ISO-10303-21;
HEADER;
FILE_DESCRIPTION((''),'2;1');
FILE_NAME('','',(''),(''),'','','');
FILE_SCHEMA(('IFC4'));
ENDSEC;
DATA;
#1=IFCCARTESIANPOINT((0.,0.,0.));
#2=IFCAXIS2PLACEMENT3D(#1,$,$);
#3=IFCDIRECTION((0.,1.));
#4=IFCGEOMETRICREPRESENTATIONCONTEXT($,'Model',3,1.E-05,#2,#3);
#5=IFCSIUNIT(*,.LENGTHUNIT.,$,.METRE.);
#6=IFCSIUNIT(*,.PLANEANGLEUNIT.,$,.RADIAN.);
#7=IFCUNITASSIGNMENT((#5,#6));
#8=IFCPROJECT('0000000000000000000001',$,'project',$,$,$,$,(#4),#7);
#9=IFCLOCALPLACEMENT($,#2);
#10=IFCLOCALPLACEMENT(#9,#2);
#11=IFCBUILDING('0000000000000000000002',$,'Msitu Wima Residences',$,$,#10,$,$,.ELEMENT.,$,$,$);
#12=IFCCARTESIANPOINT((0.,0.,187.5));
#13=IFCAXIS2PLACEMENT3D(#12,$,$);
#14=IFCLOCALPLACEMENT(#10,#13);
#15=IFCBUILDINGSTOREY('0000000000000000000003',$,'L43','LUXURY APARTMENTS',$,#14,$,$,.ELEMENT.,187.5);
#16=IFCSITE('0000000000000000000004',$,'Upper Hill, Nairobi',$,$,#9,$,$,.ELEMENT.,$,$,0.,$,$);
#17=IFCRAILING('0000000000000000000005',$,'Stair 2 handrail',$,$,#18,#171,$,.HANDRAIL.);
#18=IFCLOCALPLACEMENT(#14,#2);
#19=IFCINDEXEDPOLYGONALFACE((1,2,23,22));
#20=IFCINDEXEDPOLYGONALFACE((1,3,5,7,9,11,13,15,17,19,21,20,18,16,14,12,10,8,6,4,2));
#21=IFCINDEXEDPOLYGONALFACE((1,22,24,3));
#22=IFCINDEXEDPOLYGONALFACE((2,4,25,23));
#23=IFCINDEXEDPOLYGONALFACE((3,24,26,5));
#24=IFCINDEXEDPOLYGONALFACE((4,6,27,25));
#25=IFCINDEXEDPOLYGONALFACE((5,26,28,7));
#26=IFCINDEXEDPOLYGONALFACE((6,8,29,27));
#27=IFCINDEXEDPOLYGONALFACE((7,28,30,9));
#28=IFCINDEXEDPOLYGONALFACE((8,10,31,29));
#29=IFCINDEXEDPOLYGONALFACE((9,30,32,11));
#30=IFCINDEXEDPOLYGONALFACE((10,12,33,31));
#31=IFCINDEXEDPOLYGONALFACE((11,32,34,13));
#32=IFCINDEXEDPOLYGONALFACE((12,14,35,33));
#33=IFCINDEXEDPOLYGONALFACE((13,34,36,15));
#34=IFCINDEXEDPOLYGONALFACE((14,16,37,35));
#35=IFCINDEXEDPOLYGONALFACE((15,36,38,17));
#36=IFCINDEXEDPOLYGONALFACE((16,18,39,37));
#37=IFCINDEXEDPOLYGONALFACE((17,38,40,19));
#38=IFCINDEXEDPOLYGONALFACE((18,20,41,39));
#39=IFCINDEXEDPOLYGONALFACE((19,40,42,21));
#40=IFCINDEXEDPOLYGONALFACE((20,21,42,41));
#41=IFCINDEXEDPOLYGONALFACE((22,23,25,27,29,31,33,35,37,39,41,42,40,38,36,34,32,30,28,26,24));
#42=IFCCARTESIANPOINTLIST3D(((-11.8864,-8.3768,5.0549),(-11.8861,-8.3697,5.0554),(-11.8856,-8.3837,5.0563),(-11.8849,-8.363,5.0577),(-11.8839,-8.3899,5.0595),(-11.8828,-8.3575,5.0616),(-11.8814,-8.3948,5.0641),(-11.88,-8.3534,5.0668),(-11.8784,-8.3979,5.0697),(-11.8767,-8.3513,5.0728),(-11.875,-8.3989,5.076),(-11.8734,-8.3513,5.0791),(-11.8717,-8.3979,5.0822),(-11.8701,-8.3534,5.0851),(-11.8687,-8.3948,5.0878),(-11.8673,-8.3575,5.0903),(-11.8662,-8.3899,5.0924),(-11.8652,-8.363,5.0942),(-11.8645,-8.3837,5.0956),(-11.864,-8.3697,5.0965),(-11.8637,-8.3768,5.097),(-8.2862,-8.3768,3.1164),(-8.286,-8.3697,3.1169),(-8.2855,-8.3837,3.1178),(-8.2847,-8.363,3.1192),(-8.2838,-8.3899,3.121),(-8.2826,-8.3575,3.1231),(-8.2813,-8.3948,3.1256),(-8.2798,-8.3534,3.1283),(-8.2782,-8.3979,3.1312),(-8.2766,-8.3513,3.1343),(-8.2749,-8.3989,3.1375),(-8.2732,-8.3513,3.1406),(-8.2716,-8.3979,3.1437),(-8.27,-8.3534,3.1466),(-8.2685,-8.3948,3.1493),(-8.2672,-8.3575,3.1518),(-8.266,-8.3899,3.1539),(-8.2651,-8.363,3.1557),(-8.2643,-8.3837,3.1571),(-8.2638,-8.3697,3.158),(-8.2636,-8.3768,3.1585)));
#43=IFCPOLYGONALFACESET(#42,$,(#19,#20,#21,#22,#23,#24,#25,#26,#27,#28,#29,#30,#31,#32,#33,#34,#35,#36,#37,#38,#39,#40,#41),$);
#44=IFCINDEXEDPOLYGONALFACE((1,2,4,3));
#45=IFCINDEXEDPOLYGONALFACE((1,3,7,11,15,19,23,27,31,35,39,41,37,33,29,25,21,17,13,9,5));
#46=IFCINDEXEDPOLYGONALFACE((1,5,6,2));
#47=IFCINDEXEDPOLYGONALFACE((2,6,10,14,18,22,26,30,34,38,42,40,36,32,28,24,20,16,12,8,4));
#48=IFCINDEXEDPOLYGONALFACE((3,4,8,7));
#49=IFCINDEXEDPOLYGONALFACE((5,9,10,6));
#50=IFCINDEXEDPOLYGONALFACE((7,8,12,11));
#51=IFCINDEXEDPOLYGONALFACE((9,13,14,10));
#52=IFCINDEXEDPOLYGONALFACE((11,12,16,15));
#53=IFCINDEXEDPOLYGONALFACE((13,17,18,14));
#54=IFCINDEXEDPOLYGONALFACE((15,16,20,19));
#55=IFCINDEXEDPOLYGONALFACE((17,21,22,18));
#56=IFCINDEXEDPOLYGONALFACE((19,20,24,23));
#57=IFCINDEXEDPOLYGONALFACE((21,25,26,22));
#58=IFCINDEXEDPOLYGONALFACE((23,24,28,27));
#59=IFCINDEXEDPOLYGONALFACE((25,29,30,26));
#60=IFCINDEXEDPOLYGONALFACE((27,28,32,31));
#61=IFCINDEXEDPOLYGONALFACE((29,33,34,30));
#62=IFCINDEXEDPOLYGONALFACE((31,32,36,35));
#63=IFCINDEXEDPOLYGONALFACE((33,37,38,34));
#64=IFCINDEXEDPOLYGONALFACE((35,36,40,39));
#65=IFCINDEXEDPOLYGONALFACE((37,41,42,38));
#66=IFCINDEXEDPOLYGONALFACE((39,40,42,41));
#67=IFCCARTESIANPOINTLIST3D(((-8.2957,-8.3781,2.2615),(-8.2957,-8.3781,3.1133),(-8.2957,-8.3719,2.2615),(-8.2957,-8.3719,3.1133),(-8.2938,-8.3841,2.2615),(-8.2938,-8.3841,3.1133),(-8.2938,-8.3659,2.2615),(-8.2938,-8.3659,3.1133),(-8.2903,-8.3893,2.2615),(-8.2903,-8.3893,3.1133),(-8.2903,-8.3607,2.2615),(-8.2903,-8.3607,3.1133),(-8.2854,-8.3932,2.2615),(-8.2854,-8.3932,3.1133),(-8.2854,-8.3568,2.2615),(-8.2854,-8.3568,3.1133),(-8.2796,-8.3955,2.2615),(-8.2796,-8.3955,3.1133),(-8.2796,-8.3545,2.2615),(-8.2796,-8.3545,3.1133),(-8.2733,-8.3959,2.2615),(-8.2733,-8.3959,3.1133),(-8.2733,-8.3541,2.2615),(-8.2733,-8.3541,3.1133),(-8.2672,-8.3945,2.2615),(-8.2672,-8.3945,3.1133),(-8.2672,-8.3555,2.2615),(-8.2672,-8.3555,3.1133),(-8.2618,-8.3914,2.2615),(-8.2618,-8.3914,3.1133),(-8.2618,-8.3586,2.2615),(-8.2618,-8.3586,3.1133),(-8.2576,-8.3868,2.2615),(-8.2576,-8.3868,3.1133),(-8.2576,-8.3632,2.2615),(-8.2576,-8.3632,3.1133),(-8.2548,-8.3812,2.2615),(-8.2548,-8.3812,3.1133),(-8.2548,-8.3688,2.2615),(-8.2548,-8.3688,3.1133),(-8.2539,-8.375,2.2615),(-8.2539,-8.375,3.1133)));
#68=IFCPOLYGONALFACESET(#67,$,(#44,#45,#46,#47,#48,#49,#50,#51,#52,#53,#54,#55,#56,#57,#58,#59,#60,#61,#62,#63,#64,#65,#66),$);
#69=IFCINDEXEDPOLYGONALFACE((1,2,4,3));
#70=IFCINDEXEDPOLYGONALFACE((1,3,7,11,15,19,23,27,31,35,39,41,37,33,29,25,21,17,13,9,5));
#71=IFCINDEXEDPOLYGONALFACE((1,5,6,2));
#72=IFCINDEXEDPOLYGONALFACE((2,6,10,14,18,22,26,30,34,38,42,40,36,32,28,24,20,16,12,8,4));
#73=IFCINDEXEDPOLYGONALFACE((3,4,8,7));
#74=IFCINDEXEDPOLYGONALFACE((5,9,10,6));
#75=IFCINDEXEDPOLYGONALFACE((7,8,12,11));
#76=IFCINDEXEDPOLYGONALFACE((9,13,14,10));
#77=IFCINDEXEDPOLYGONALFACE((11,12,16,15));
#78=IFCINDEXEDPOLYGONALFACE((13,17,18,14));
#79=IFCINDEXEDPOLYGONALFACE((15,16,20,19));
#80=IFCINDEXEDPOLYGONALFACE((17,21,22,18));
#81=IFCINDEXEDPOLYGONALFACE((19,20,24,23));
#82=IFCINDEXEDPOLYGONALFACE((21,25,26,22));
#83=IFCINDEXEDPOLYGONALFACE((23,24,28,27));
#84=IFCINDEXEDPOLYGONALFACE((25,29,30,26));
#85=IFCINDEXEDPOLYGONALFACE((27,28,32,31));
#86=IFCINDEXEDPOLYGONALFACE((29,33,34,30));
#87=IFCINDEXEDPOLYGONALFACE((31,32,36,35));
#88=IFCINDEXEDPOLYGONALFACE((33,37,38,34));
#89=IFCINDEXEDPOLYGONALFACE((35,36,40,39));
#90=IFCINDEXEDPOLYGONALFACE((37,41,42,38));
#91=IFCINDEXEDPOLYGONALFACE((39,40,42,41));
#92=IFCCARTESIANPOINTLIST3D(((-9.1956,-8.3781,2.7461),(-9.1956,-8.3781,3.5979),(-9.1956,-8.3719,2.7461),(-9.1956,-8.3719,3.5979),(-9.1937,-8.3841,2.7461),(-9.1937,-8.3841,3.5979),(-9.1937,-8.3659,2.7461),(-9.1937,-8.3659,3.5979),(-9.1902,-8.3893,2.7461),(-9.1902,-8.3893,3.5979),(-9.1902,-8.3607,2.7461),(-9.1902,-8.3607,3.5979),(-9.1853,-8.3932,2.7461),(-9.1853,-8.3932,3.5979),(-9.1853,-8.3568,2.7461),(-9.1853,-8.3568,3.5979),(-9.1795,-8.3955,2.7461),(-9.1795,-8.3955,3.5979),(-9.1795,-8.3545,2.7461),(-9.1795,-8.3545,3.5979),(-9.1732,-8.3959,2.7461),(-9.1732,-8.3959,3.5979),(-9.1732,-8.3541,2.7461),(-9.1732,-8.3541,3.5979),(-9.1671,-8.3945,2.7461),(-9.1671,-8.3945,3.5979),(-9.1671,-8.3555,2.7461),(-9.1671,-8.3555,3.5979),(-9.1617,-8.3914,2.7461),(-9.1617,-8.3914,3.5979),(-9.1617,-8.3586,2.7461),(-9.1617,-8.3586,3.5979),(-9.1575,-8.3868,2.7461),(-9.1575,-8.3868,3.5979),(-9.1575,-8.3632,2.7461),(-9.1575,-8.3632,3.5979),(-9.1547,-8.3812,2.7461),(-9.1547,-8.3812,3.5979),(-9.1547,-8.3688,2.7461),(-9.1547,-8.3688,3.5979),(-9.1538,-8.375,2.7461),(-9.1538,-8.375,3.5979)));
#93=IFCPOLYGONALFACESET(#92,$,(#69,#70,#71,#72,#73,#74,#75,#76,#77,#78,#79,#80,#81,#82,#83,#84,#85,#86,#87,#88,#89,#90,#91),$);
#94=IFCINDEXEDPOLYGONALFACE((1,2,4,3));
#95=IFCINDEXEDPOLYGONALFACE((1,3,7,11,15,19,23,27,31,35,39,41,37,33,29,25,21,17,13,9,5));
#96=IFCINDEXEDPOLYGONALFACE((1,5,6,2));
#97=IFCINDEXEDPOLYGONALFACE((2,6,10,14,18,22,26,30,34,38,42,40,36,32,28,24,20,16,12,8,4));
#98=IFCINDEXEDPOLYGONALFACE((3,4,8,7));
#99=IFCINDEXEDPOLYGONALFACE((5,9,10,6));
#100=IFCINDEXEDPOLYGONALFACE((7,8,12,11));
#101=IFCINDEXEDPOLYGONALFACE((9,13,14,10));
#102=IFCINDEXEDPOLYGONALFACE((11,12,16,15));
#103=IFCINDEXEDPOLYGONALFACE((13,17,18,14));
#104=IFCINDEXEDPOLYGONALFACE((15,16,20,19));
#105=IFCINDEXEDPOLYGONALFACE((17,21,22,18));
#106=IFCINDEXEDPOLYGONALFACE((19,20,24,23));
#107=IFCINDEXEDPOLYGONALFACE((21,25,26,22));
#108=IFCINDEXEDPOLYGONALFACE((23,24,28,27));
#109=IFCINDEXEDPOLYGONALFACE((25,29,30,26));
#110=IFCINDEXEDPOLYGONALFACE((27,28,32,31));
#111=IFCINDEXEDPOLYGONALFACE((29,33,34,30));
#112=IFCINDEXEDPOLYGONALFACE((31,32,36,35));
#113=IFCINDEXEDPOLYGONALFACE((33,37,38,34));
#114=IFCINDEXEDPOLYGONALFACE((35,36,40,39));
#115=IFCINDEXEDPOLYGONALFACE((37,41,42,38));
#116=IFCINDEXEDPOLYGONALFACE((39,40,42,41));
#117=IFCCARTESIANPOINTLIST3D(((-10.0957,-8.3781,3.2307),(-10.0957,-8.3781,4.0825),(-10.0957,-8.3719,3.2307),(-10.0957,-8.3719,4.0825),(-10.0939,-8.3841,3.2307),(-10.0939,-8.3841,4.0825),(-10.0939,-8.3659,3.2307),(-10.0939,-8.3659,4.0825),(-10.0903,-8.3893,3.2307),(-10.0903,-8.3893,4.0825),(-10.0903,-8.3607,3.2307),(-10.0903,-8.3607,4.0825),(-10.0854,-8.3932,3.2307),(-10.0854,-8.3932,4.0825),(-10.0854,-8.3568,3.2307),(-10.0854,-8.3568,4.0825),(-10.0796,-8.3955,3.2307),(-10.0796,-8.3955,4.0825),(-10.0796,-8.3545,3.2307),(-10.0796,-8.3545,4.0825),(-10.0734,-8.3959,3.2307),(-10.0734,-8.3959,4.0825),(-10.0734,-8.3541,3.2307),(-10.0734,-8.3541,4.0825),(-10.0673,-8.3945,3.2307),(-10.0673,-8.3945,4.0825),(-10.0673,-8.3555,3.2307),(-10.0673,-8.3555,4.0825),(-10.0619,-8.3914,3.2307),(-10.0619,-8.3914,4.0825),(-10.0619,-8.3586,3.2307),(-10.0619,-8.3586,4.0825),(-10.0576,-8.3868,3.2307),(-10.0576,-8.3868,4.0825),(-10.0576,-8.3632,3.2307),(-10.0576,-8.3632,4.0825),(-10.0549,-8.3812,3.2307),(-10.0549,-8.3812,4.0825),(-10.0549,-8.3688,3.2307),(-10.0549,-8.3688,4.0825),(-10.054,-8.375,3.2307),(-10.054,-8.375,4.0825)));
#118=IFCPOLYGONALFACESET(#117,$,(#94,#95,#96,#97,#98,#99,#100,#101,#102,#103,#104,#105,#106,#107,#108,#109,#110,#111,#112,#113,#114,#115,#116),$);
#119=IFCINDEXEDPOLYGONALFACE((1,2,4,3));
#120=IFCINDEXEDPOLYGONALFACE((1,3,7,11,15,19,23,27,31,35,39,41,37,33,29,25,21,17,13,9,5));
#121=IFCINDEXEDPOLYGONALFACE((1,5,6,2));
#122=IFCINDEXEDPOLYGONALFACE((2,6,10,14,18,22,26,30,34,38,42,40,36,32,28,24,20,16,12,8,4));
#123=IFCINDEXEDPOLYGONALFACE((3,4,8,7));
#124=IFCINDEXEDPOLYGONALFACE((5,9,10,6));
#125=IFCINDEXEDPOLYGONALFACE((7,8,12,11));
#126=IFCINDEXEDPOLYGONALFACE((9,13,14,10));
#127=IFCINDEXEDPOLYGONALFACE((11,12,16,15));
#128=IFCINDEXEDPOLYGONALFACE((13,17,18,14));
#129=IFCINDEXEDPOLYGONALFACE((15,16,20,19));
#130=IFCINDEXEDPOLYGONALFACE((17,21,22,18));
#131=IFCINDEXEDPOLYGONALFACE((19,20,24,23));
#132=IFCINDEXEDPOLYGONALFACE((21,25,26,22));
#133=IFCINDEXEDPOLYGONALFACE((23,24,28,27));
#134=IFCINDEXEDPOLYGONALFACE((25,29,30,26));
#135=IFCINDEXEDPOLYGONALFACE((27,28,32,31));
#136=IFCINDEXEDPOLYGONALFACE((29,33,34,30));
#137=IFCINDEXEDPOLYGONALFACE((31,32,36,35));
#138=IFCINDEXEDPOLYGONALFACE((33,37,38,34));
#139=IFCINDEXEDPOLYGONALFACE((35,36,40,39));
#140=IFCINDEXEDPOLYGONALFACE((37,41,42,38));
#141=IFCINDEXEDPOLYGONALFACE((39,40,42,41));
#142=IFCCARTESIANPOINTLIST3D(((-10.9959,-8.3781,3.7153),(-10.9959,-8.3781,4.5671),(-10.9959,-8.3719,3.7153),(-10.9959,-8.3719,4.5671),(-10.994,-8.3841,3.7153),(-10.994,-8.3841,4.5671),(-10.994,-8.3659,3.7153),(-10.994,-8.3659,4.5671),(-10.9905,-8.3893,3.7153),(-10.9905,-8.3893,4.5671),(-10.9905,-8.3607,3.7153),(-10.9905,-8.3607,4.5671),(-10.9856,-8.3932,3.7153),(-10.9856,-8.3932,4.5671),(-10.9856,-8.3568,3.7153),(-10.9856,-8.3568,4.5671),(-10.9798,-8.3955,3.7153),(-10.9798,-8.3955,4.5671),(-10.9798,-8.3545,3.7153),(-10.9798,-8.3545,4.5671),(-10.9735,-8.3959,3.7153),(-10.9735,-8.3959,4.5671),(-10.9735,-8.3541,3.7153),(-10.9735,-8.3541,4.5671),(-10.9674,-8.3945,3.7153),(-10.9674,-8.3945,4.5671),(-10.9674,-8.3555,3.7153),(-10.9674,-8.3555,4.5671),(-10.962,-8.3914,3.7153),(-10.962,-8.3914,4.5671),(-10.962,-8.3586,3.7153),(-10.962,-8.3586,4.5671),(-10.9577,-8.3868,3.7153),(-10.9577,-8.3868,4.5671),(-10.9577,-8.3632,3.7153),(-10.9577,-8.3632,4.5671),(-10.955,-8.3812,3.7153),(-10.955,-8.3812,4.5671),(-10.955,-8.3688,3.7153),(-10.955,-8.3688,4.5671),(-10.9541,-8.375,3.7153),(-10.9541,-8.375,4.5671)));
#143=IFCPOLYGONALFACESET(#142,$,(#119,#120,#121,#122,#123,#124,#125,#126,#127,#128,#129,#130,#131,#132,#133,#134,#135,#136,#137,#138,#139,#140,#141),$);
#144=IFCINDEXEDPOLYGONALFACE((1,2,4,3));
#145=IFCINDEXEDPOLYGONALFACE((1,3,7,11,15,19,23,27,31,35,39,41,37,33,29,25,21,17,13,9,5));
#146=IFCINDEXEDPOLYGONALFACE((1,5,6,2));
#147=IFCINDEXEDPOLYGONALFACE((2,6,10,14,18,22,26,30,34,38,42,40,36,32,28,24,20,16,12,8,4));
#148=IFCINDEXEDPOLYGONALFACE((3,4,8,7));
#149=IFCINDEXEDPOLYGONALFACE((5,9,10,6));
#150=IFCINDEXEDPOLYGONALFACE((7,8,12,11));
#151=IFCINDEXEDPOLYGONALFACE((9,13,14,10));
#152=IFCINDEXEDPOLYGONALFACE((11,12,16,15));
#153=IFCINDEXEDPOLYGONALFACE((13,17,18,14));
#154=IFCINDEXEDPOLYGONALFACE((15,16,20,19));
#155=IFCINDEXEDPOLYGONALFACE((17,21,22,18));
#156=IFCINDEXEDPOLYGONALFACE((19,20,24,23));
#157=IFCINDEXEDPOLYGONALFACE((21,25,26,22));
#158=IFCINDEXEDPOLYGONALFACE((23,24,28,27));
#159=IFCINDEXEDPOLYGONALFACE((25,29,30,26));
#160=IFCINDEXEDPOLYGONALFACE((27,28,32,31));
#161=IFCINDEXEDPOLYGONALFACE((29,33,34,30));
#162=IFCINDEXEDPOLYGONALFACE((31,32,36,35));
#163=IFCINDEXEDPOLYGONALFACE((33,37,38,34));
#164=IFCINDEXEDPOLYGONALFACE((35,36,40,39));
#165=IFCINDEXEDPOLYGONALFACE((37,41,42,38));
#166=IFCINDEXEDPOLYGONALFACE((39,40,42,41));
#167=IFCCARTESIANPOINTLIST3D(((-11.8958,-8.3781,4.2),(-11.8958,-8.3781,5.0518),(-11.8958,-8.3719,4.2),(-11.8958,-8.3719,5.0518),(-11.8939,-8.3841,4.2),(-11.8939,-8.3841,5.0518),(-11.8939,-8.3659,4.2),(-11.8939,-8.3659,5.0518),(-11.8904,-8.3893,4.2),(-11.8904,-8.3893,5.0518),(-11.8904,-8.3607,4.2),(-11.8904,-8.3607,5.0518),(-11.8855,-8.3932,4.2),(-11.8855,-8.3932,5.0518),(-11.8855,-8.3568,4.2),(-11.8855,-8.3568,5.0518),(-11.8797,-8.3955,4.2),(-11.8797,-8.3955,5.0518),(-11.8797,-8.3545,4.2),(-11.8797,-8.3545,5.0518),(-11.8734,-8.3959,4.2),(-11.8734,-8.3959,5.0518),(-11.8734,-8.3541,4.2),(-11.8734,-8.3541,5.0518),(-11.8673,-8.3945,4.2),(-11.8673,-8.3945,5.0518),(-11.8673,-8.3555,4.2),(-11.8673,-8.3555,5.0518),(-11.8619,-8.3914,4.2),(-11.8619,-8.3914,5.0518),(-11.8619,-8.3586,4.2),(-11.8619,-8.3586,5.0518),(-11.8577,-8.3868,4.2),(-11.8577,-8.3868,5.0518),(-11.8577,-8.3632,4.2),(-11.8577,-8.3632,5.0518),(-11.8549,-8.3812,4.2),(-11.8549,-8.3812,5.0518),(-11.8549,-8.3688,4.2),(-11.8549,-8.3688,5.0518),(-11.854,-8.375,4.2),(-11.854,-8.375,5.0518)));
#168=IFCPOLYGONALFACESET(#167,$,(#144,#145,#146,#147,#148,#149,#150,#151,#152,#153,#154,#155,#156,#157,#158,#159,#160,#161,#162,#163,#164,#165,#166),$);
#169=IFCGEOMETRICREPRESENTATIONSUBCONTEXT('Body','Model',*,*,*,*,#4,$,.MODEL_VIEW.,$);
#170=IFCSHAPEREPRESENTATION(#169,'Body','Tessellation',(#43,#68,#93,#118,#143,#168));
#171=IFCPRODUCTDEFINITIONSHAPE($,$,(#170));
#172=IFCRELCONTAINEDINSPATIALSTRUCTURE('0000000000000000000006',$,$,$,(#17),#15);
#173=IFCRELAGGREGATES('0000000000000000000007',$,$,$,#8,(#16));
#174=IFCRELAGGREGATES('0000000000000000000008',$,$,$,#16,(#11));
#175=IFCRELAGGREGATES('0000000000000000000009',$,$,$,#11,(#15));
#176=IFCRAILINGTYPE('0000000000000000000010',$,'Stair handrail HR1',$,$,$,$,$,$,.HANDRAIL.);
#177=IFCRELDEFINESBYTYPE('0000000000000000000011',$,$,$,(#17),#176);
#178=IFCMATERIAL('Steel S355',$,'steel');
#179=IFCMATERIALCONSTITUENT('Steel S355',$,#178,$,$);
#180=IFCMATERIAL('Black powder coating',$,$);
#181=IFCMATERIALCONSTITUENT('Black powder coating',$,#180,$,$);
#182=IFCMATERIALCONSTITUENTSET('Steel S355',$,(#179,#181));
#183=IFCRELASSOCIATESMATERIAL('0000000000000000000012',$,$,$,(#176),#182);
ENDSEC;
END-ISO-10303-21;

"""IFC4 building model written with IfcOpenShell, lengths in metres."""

from ifc_helpers import new_model, si_unit, direction, frame, origin, origin_2d, place, context, subcontext, project, spatial, circle, extrude, material, constituent, constituent_set, type_object, element, save


model = new_model("IFC4")

# Units and contexts
model_context = context("Model", 3, precision=1e-05, world=origin(), true_north=direction((0.0, 1.0)))
body_context = subcontext(model_context, "Body", "Model", "MODEL_VIEW")
ifc_project = project(units=[si_unit("LENGTHUNIT", "METRE"), si_unit("PLANEANGLEUNIT", "RADIAN")], contexts=[model_context])

# Site, building, storey
site_placement = place(None, origin())
site = spatial("IfcSite", under=ifc_project, at=site_placement, Name="Upper Hill, Nairobi", CompositionType="ELEMENT", RefElevation=0.0)
building_placement = place(site_placement, origin())
building = spatial("IfcBuilding", under=site, at=building_placement, Name="Msitu Wima Residences", CompositionType="ELEMENT")
storey_placement = place(building_placement, frame((0.0, 0.0, 187.5)))
storey = spatial("IfcBuildingStorey", under=building, at=storey_placement, Name="L43", Description="LUXURY APARTMENTS", CompositionType="ELEMENT", Elevation=187.5)

# Railing
ifc_material_1 = material(Name="Steel S355", Category="steel")
ifc_constituent_1 = constituent(ifc_material_1, Name="Steel S355")
ifc_material_2 = material(Name="Black powder coating")
ifc_constituent_2 = constituent(ifc_material_2, Name="Black powder coating")
ifc_constituent_set = constituent_set(constituents=[ifc_constituent_1, ifc_constituent_2], Name="Steel S355")
railing_type = type_object("IfcRailingType", Name="Stair handrail HR1", PredefinedType="HANDRAIL", material=ifc_constituent_set)
for number, where, name in (
    (1, (-8.2749, -8.375, 2.2615), "Stair 2 handrail"),
):
    element("IfcRailing", number, at=place(storey_placement, frame(where)), inside=storey, type_object=railing_type, Name=name, PredefinedType="HANDRAIL", context=body_context, shape_type="SweptSolid", body=[
        extrude(circle(Radius=0.0239, at=origin_2d()), frame((0.0, 0.0, 0.876), z_axis=(-0.880475, 0.0, 0.474093), x_axis=(0.0, -1.0, 0.0)), (0.0, 0.0, 1.0), 4.0889),
        extrude(circle(Radius=0.021, at=origin_2d()), origin(), (0.0, 0.0, 1.0), 0.8518),
        extrude(circle(Radius=0.021, at=origin_2d()), frame((-0.8999, 0.0, 0.4846)), (0.0, 0.0, 1.0), 0.8518),
        extrude(circle(Radius=0.021, at=origin_2d()), frame((-1.8, 0.0, 0.9692)), (0.0, 0.0, 1.0), 0.8518),
        extrude(circle(Radius=0.021, at=origin_2d()), frame((-2.7002, 0.0, 1.4539)), (0.0, 0.0, 1.0), 0.8518),
        extrude(circle(Radius=0.021, at=origin_2d()), frame((-3.6001, 0.0, 1.9385)), (0.0, 0.0, 1.0), 0.8518),
    ])

save(model, "model.ifc")
